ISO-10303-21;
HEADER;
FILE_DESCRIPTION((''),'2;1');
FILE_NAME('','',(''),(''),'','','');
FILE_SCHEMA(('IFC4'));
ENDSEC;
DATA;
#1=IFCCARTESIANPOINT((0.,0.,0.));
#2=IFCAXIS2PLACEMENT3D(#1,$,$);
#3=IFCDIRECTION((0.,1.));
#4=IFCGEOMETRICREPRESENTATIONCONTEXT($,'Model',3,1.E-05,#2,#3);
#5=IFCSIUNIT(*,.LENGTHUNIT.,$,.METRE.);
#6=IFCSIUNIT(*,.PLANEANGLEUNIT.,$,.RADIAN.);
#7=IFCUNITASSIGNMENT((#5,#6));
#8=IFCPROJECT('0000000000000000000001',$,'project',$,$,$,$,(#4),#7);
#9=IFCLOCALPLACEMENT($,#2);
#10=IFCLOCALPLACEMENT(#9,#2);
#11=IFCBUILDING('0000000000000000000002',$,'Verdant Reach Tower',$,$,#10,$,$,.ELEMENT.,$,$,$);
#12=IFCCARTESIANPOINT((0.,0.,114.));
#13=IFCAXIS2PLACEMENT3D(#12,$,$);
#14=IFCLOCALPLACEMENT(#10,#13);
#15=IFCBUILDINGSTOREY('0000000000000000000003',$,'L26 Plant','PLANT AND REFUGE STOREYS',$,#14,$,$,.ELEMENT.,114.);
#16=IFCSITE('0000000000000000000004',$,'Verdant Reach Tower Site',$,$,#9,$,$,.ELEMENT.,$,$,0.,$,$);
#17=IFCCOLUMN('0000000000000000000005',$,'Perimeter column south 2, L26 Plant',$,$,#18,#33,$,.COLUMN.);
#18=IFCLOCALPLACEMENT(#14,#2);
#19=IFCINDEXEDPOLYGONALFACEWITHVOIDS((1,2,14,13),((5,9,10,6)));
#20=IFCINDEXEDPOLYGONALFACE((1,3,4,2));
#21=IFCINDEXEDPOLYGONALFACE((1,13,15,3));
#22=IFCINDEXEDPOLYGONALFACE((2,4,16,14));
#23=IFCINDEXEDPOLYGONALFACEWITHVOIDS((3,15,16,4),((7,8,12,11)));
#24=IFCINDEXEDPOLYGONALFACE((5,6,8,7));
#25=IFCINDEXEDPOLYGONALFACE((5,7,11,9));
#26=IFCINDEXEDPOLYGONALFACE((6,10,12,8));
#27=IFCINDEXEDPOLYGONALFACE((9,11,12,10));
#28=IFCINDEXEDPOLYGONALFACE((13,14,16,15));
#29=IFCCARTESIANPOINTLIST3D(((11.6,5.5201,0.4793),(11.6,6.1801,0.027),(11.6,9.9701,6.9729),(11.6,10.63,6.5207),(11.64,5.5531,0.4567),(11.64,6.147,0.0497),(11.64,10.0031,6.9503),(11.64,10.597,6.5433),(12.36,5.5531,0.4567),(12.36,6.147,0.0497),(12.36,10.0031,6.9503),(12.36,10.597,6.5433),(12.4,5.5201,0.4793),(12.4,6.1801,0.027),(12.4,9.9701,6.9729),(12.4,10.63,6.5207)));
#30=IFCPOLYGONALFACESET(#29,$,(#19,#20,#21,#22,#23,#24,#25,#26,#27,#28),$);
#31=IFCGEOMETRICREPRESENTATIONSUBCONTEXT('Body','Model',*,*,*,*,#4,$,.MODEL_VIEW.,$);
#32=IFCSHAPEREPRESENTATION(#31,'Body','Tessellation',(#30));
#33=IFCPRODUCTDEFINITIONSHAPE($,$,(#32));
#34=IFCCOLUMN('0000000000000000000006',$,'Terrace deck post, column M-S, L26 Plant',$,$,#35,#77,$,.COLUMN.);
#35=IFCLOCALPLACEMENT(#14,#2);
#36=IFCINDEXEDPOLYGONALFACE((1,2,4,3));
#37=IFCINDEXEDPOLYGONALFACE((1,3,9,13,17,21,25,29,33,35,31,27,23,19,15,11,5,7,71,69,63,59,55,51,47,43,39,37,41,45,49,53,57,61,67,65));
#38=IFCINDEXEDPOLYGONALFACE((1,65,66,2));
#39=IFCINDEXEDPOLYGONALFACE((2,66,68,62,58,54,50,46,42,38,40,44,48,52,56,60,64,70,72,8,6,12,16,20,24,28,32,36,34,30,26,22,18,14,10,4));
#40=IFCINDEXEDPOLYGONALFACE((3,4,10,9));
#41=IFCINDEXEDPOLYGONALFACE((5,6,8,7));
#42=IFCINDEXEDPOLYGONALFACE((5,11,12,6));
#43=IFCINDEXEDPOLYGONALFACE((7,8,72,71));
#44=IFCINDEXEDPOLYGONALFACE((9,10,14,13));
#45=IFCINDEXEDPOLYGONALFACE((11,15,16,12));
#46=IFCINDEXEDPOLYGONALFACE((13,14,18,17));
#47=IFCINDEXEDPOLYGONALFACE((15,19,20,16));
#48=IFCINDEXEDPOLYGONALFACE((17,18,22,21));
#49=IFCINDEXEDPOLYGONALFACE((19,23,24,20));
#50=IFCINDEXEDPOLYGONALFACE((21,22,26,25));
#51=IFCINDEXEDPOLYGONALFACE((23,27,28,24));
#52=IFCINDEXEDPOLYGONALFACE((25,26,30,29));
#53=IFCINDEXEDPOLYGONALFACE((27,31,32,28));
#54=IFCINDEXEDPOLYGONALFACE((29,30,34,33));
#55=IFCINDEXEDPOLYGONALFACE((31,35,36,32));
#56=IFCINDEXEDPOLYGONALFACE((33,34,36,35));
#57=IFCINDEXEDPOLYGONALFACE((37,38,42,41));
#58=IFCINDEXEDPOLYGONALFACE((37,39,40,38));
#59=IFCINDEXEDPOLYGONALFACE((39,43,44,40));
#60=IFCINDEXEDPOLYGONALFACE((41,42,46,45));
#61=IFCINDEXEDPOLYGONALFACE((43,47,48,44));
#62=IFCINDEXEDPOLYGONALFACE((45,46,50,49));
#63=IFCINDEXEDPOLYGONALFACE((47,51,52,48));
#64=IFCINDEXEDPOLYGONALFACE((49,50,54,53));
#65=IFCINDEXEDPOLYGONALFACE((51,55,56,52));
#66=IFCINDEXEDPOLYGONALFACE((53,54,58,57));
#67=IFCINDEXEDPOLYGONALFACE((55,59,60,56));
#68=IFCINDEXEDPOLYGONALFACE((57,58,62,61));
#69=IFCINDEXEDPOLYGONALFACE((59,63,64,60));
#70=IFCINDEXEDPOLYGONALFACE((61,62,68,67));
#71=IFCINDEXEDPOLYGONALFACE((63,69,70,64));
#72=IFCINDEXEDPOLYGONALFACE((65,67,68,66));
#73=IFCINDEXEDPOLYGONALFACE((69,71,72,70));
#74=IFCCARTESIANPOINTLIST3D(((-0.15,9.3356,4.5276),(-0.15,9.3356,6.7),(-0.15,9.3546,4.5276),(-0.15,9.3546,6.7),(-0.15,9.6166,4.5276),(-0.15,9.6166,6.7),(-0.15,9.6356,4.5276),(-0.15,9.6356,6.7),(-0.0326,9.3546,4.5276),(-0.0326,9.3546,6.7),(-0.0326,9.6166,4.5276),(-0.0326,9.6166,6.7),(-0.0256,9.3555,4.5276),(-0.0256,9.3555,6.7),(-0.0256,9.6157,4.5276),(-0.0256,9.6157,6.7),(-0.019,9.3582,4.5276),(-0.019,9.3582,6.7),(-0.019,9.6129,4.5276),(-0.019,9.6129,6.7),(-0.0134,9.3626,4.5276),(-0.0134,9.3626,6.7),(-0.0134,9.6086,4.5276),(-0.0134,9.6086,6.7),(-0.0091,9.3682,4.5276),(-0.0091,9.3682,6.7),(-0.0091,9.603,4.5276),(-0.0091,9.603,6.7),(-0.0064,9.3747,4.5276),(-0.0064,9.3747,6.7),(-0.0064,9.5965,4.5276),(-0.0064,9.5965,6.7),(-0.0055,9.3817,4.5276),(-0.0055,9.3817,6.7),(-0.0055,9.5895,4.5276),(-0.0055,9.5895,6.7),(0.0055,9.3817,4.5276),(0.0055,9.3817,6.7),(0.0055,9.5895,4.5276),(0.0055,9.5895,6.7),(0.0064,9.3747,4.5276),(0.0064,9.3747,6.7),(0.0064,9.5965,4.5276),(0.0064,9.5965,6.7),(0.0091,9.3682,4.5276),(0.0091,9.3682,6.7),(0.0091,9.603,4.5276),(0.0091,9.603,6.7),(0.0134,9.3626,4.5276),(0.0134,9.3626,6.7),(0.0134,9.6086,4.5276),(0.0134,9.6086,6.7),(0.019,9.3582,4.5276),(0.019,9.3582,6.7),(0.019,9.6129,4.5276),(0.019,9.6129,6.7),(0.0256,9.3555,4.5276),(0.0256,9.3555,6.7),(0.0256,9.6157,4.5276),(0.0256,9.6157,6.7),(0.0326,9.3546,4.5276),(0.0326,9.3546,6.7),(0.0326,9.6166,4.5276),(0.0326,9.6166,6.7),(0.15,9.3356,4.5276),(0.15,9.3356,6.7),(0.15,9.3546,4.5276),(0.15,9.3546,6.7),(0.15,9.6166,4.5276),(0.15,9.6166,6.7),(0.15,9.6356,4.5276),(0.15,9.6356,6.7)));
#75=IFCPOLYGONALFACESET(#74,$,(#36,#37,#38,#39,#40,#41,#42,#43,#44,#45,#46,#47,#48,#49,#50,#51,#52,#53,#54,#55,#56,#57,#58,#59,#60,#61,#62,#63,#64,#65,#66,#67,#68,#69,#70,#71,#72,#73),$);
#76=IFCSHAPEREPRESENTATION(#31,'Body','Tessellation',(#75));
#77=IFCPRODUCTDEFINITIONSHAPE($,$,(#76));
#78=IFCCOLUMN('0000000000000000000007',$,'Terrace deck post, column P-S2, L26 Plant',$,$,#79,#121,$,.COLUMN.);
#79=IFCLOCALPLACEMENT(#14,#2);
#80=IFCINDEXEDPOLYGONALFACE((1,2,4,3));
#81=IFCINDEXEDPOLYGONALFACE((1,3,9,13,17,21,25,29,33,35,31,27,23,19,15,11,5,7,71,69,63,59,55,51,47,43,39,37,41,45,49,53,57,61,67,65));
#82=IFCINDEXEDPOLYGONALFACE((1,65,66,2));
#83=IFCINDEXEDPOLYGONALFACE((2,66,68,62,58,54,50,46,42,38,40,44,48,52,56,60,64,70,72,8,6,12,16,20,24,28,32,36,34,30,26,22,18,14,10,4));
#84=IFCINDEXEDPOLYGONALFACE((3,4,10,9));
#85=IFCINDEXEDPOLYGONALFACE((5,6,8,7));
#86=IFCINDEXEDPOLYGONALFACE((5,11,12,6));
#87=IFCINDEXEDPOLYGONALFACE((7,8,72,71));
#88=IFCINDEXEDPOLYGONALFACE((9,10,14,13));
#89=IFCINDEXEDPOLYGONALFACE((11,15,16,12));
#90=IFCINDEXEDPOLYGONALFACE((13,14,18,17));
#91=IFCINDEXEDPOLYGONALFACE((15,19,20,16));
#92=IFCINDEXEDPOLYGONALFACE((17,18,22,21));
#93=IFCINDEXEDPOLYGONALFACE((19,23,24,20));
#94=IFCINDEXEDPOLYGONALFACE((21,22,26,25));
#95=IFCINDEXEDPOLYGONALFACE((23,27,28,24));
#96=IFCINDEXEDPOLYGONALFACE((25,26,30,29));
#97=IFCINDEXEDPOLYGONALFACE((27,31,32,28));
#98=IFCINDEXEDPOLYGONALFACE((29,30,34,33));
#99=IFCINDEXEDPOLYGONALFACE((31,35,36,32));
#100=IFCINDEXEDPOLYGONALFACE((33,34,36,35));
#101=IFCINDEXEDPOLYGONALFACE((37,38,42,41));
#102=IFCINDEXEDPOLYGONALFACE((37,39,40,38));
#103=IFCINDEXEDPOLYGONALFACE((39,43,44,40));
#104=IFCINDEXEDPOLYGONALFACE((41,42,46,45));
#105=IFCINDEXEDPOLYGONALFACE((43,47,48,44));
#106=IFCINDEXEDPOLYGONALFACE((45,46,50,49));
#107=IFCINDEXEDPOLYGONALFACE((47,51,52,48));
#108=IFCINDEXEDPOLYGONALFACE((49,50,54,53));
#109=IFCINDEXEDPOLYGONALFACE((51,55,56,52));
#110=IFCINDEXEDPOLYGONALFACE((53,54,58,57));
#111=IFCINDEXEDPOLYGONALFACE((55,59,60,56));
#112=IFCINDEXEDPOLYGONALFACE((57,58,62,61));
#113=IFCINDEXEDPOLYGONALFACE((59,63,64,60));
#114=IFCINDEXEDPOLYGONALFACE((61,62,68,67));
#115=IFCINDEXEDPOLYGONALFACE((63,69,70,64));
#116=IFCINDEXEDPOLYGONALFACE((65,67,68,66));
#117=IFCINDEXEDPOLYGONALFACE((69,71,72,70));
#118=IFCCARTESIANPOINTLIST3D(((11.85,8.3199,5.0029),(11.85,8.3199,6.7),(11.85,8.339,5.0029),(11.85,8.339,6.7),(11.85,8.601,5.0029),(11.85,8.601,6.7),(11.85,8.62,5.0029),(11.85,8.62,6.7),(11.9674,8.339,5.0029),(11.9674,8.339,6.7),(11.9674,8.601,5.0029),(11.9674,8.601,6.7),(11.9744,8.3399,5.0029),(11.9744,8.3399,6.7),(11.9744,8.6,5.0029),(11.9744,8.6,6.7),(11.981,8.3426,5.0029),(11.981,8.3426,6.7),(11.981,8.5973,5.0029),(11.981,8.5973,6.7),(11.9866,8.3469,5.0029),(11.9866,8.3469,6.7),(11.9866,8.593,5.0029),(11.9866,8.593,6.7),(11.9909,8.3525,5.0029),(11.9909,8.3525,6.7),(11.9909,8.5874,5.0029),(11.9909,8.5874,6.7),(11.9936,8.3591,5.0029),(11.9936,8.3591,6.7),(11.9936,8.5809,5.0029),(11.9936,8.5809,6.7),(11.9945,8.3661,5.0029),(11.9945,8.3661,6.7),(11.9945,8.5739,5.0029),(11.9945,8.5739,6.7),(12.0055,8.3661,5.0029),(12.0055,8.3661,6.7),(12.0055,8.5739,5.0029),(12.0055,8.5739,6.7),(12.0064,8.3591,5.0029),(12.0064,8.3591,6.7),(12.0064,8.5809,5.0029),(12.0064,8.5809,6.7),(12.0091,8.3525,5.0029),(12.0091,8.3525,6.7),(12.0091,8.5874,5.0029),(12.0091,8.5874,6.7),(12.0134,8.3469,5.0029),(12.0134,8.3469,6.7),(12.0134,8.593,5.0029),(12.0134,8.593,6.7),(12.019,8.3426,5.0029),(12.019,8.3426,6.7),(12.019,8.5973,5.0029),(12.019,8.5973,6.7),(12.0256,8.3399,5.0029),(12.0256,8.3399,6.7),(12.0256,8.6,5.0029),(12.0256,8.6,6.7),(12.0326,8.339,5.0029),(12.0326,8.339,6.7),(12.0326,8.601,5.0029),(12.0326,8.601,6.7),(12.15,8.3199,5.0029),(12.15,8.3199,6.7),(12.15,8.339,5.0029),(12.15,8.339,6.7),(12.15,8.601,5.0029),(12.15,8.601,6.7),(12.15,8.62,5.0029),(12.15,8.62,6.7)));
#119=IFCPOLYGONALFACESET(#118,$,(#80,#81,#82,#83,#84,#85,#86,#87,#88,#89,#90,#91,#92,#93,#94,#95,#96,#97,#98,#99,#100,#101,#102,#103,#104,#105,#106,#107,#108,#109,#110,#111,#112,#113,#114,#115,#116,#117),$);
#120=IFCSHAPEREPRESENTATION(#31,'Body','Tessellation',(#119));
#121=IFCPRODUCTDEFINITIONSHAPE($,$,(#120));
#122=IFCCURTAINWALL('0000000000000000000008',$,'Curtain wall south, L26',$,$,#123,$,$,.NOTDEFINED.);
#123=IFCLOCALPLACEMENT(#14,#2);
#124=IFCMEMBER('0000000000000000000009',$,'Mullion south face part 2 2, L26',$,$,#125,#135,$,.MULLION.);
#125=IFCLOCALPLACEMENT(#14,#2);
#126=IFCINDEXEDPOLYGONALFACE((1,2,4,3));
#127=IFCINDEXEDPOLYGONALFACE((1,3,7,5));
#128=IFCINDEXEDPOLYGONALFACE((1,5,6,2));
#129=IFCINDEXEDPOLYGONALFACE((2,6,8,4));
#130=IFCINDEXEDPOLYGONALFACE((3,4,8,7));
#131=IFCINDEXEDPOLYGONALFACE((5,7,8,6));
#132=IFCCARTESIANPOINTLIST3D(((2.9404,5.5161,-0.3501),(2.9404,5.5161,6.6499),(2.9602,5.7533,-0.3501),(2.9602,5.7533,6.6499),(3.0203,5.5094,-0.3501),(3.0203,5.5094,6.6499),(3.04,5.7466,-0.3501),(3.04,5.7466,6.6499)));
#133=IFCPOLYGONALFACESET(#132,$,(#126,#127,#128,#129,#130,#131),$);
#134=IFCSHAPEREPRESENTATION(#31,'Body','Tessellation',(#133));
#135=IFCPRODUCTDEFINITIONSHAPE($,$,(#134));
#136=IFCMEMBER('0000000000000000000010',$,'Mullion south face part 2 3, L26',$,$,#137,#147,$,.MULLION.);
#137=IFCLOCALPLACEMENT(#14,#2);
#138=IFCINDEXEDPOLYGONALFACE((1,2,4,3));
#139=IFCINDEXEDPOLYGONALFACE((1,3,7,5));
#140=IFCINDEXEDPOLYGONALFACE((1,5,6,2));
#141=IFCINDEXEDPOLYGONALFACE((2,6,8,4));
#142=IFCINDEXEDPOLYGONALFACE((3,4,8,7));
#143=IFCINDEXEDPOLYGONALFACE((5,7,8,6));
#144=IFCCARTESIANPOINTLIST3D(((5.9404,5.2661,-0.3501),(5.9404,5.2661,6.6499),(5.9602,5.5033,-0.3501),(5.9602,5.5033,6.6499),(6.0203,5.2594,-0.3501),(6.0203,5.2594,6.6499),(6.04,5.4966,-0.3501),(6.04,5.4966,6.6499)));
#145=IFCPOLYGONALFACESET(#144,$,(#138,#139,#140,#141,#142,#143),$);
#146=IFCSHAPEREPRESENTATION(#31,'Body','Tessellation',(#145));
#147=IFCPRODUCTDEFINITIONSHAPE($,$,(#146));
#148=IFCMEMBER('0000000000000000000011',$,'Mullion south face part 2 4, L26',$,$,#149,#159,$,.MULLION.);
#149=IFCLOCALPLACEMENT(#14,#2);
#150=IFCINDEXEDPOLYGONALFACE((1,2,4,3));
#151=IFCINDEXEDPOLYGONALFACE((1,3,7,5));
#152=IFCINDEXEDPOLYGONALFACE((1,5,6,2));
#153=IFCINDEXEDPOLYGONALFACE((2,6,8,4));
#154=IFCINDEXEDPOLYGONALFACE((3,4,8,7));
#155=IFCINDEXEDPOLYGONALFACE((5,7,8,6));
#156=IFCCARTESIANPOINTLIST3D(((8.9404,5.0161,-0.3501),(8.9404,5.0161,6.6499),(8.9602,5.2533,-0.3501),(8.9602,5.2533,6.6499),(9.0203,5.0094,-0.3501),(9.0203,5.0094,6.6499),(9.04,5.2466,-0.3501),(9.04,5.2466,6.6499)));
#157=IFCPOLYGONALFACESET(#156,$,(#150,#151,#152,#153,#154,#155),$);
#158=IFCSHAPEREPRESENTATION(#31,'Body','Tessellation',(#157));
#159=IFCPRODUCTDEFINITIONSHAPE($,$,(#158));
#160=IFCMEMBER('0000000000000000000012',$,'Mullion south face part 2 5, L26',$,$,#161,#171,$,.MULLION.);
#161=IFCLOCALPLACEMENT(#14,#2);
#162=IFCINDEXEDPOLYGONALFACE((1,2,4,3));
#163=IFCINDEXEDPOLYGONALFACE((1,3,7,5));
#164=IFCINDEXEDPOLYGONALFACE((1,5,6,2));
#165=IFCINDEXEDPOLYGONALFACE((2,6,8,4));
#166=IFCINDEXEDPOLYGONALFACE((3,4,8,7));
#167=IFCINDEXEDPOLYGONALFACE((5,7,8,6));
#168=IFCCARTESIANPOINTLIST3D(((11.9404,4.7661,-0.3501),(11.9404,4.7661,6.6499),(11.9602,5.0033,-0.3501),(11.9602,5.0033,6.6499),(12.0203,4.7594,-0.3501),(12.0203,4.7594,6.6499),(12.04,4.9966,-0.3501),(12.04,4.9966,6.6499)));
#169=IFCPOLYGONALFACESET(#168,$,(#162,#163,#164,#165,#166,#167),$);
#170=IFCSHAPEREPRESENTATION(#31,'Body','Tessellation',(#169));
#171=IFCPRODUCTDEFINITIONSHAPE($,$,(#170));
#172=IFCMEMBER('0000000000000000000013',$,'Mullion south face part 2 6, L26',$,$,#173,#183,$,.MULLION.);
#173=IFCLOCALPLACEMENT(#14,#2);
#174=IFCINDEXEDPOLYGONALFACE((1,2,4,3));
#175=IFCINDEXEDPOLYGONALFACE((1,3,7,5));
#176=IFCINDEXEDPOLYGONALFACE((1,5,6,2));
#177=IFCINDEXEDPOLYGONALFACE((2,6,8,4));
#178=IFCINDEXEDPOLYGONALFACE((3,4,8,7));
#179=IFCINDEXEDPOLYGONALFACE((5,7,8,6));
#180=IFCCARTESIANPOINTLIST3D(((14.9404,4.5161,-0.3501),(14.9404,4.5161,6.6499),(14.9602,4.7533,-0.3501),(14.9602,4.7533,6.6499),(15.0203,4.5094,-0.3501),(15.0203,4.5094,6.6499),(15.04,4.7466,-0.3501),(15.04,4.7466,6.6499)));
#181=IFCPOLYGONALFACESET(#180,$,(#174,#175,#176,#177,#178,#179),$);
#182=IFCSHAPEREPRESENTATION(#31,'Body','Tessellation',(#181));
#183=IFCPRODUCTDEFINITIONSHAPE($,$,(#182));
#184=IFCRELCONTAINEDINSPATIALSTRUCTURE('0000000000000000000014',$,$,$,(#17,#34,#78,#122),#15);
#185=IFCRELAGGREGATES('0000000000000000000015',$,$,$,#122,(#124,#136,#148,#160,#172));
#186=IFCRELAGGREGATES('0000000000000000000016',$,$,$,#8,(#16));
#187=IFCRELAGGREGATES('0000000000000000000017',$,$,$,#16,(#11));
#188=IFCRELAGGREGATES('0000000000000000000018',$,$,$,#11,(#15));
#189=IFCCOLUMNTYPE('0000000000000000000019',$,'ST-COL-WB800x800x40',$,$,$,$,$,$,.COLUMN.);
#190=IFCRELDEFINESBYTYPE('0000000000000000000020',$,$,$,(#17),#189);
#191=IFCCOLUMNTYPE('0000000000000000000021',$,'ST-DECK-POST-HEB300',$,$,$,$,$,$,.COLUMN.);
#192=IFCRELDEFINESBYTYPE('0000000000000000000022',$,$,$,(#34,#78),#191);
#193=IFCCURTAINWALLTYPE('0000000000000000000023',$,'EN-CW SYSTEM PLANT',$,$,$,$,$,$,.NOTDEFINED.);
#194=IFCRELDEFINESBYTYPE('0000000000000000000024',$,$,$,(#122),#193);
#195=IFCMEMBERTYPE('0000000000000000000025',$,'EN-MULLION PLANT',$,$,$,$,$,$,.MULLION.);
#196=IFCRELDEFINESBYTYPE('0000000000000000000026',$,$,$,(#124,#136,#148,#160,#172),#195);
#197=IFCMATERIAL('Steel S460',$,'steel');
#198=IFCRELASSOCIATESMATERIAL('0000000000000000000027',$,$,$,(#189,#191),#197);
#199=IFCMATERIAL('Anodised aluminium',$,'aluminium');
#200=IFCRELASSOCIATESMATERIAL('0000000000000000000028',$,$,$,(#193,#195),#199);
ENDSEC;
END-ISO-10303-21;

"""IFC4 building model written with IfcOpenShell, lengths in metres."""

from ifc_helpers import new_model, si_unit, direction, frame, origin, origin_2d, place, context, subcontext, project, spatial, rectangle, hollow_rectangle, i_section, extrude, material, material_profile, profile_set, type_object, element, aggregate, save


model = new_model("IFC4")

# Units and contexts
model_context = context("Model", 3, precision=1e-05, world=origin(), true_north=direction((0.0, 1.0)))
body_context = subcontext(model_context, "Body", "Model", "MODEL_VIEW")
ifc_project = project(units=[si_unit("LENGTHUNIT", "METRE"), si_unit("PLANEANGLEUNIT", "RADIAN")], contexts=[model_context])

# Site, building, storey
site_placement = place(None, origin())
site = spatial("IfcSite", under=ifc_project, at=site_placement, Name="Verdant Reach Tower Site", CompositionType="ELEMENT", RefElevation=0.0)
building_placement = place(site_placement, origin())
building = spatial("IfcBuilding", under=site, at=building_placement, Name="Verdant Reach Tower", CompositionType="ELEMENT")
storey_placement = place(building_placement, frame((0.0, 0.0, 114.0)))
storey = spatial("IfcBuildingStorey", under=building, at=storey_placement, Name="L26 Plant", Description="PLANT AND REFUGE STOREYS", CompositionType="ELEMENT", Elevation=114.0)

# Columns
ifc_material_1 = material(Name="Steel S460", Category="steel")
ifc_material_profile_1 = material_profile(ifc_material_1, hollow_rectangle(XDim=0.8, YDim=0.8, WallThickness=0.04, at=origin_2d()), Name="WB 800x800x40")
ifc_profile_set_1 = profile_set([ifc_material_profile_1], Name="Steel S460")
column_type_1 = type_object("IfcColumnType", Name="ST-COL-WB800x800x40", PredefinedType="COLUMN", material=ifc_profile_set_1)
column_1_placement = place(storey_placement, frame((12.0, 5.8501, 0.2532), z_axis=(0.0, 0.565283, 0.824897), x_axis=(-1.0, 0.0, 0.0)))
element("IfcColumn", 1, at=column_1_placement, inside=storey, type_object=column_type_1, Name="Perimeter column south 2, L26 Plant", PredefinedType="COLUMN", context=body_context, shape_type="SweptSolid", body=[
    extrude(hollow_rectangle(XDim=0.8, YDim=0.8, WallThickness=0.04, at=origin_2d()), origin(), (0.0, 0.0, 1.0), 7.8721),
])
ifc_material_profile_2 = material_profile(ifc_material_1, i_section(OverallWidth=0.3, OverallDepth=0.3, WebThickness=0.011, FlangeThickness=0.019, FilletRadius=0.0271, at=origin_2d()), Name="HEB 300")
ifc_profile_set_2 = profile_set([ifc_material_profile_2], Name="Steel S460")
column_type_2 = type_object("IfcColumnType", Name="ST-DECK-POST-HEB300", PredefinedType="COLUMN", material=ifc_profile_set_2)
column_2_placement = place(storey_placement, frame((0.0, 9.4856, 4.5276), z_axis=(0.0, 0.0, 1.0), x_axis=(1.0, 0.0, 0.0)))
element("IfcColumn", 2, at=column_2_placement, inside=storey, type_object=column_type_2, Name="Terrace deck post, column M-S, L26 Plant", PredefinedType="COLUMN", context=body_context, shape_type="SweptSolid", body=[
    extrude(i_section(OverallWidth=0.3, OverallDepth=0.3, WebThickness=0.011, FlangeThickness=0.019, FilletRadius=0.0271, at=origin_2d()), origin(), (0.0, 0.0, 1.0), 2.1724),
])
column_3_placement = place(storey_placement, frame((12.0, 8.47, 5.0029), z_axis=(0.0, 0.0, 1.0), x_axis=(1.0, 0.0, 0.0)))
element("IfcColumn", 3, at=column_3_placement, inside=storey, type_object=column_type_2, Name="Terrace deck post, column P-S2, L26 Plant", PredefinedType="COLUMN", context=body_context, shape_type="SweptSolid", body=[
    extrude(i_section(OverallWidth=0.3, OverallDepth=0.3, WebThickness=0.011, FlangeThickness=0.019, FilletRadius=0.0271, at=origin_2d()), origin(), (0.0, 0.0, 1.0), 1.697),
])

# Curtain wall, members
ifc_material_2 = material(Name="Anodised aluminium", Category="aluminium")
curtain_wall_type = type_object("IfcCurtainWallType", Name="EN-CW SYSTEM PLANT", PredefinedType="NOTDEFINED", material=ifc_material_2)
curtain_wall_placement = place(storey_placement, origin())
curtain_wall = element("IfcCurtainWall", 4, at=curtain_wall_placement, inside=storey, type_object=curtain_wall_type, Name="Curtain wall south, L26", PredefinedType="NOTDEFINED")
ifc_material_profile_3 = material_profile(ifc_material_2, rectangle(XDim=0.238, YDim=0.0801, at=origin_2d()), Name="Mullion 80x240")
ifc_profile_set_3 = profile_set([ifc_material_profile_3], Name="Anodised aluminium")
member_type_1 = type_object("IfcMemberType", Name="EN-MULLION PLANT", PredefinedType="MULLION", material=ifc_profile_set_3)
member_1_placement = place(storey_placement, frame((2.9902, 5.6313, -0.3501), z_axis=(0.0, 0.0, 1.0), x_axis=(-0.083045, -0.996546, 0.0)))
member_1 = element("IfcMember", 5, at=member_1_placement, type_object=member_type_1, Name="Mullion south face part 2 2, L26", PredefinedType="MULLION", context=body_context, shape_type="SweptSolid", body=[
    extrude(rectangle(XDim=0.238, YDim=0.0801, at=origin_2d()), origin(), (0.0, 0.0, 1.0), 7.0),
])
member_2_placement = place(storey_placement, frame((5.9902, 5.3813, -0.3501), z_axis=(0.0, 0.0, 1.0), x_axis=(-0.083045, -0.996546, 0.0)))
member_2 = element("IfcMember", 6, at=member_2_placement, type_object=member_type_1, Name="Mullion south face part 2 3, L26", PredefinedType="MULLION", context=body_context, shape_type="SweptSolid", body=[
    extrude(rectangle(XDim=0.238, YDim=0.0801, at=origin_2d()), origin(), (0.0, 0.0, 1.0), 7.0),
])
member_3_placement = place(storey_placement, frame((8.9902, 5.1313, -0.3501), z_axis=(0.0, 0.0, 1.0), x_axis=(-0.083045, -0.996546, 0.0)))
member_3 = element("IfcMember", 7, at=member_3_placement, type_object=member_type_1, Name="Mullion south face part 2 4, L26", PredefinedType="MULLION", context=body_context, shape_type="SweptSolid", body=[
    extrude(rectangle(XDim=0.238, YDim=0.0801, at=origin_2d()), origin(), (0.0, 0.0, 1.0), 7.0),
])
member_4_placement = place(storey_placement, frame((11.9902, 4.8813, -0.3501), z_axis=(0.0, 0.0, 1.0), x_axis=(-0.083045, -0.996546, 0.0)))
member_4 = element("IfcMember", 8, at=member_4_placement, type_object=member_type_1, Name="Mullion south face part 2 5, L26", PredefinedType="MULLION", context=body_context, shape_type="SweptSolid", body=[
    extrude(rectangle(XDim=0.238, YDim=0.0801, at=origin_2d()), origin(), (0.0, 0.0, 1.0), 7.0),
])
member_5_placement = place(storey_placement, frame((14.9902, 4.6313, -0.3501), z_axis=(0.0, 0.0, 1.0), x_axis=(-0.083045, -0.996546, 0.0)))
member_5 = element("IfcMember", 9, at=member_5_placement, type_object=member_type_1, Name="Mullion south face part 2 6, L26", PredefinedType="MULLION", context=body_context, shape_type="SweptSolid", body=[
    extrude(rectangle(XDim=0.238, YDim=0.0801, at=origin_2d()), origin(), (0.0, 0.0, 1.0), 7.0),
])

aggregate(curtain_wall, [member_1, member_2, member_3, member_4, member_5])

save(model, "model.ifc")
